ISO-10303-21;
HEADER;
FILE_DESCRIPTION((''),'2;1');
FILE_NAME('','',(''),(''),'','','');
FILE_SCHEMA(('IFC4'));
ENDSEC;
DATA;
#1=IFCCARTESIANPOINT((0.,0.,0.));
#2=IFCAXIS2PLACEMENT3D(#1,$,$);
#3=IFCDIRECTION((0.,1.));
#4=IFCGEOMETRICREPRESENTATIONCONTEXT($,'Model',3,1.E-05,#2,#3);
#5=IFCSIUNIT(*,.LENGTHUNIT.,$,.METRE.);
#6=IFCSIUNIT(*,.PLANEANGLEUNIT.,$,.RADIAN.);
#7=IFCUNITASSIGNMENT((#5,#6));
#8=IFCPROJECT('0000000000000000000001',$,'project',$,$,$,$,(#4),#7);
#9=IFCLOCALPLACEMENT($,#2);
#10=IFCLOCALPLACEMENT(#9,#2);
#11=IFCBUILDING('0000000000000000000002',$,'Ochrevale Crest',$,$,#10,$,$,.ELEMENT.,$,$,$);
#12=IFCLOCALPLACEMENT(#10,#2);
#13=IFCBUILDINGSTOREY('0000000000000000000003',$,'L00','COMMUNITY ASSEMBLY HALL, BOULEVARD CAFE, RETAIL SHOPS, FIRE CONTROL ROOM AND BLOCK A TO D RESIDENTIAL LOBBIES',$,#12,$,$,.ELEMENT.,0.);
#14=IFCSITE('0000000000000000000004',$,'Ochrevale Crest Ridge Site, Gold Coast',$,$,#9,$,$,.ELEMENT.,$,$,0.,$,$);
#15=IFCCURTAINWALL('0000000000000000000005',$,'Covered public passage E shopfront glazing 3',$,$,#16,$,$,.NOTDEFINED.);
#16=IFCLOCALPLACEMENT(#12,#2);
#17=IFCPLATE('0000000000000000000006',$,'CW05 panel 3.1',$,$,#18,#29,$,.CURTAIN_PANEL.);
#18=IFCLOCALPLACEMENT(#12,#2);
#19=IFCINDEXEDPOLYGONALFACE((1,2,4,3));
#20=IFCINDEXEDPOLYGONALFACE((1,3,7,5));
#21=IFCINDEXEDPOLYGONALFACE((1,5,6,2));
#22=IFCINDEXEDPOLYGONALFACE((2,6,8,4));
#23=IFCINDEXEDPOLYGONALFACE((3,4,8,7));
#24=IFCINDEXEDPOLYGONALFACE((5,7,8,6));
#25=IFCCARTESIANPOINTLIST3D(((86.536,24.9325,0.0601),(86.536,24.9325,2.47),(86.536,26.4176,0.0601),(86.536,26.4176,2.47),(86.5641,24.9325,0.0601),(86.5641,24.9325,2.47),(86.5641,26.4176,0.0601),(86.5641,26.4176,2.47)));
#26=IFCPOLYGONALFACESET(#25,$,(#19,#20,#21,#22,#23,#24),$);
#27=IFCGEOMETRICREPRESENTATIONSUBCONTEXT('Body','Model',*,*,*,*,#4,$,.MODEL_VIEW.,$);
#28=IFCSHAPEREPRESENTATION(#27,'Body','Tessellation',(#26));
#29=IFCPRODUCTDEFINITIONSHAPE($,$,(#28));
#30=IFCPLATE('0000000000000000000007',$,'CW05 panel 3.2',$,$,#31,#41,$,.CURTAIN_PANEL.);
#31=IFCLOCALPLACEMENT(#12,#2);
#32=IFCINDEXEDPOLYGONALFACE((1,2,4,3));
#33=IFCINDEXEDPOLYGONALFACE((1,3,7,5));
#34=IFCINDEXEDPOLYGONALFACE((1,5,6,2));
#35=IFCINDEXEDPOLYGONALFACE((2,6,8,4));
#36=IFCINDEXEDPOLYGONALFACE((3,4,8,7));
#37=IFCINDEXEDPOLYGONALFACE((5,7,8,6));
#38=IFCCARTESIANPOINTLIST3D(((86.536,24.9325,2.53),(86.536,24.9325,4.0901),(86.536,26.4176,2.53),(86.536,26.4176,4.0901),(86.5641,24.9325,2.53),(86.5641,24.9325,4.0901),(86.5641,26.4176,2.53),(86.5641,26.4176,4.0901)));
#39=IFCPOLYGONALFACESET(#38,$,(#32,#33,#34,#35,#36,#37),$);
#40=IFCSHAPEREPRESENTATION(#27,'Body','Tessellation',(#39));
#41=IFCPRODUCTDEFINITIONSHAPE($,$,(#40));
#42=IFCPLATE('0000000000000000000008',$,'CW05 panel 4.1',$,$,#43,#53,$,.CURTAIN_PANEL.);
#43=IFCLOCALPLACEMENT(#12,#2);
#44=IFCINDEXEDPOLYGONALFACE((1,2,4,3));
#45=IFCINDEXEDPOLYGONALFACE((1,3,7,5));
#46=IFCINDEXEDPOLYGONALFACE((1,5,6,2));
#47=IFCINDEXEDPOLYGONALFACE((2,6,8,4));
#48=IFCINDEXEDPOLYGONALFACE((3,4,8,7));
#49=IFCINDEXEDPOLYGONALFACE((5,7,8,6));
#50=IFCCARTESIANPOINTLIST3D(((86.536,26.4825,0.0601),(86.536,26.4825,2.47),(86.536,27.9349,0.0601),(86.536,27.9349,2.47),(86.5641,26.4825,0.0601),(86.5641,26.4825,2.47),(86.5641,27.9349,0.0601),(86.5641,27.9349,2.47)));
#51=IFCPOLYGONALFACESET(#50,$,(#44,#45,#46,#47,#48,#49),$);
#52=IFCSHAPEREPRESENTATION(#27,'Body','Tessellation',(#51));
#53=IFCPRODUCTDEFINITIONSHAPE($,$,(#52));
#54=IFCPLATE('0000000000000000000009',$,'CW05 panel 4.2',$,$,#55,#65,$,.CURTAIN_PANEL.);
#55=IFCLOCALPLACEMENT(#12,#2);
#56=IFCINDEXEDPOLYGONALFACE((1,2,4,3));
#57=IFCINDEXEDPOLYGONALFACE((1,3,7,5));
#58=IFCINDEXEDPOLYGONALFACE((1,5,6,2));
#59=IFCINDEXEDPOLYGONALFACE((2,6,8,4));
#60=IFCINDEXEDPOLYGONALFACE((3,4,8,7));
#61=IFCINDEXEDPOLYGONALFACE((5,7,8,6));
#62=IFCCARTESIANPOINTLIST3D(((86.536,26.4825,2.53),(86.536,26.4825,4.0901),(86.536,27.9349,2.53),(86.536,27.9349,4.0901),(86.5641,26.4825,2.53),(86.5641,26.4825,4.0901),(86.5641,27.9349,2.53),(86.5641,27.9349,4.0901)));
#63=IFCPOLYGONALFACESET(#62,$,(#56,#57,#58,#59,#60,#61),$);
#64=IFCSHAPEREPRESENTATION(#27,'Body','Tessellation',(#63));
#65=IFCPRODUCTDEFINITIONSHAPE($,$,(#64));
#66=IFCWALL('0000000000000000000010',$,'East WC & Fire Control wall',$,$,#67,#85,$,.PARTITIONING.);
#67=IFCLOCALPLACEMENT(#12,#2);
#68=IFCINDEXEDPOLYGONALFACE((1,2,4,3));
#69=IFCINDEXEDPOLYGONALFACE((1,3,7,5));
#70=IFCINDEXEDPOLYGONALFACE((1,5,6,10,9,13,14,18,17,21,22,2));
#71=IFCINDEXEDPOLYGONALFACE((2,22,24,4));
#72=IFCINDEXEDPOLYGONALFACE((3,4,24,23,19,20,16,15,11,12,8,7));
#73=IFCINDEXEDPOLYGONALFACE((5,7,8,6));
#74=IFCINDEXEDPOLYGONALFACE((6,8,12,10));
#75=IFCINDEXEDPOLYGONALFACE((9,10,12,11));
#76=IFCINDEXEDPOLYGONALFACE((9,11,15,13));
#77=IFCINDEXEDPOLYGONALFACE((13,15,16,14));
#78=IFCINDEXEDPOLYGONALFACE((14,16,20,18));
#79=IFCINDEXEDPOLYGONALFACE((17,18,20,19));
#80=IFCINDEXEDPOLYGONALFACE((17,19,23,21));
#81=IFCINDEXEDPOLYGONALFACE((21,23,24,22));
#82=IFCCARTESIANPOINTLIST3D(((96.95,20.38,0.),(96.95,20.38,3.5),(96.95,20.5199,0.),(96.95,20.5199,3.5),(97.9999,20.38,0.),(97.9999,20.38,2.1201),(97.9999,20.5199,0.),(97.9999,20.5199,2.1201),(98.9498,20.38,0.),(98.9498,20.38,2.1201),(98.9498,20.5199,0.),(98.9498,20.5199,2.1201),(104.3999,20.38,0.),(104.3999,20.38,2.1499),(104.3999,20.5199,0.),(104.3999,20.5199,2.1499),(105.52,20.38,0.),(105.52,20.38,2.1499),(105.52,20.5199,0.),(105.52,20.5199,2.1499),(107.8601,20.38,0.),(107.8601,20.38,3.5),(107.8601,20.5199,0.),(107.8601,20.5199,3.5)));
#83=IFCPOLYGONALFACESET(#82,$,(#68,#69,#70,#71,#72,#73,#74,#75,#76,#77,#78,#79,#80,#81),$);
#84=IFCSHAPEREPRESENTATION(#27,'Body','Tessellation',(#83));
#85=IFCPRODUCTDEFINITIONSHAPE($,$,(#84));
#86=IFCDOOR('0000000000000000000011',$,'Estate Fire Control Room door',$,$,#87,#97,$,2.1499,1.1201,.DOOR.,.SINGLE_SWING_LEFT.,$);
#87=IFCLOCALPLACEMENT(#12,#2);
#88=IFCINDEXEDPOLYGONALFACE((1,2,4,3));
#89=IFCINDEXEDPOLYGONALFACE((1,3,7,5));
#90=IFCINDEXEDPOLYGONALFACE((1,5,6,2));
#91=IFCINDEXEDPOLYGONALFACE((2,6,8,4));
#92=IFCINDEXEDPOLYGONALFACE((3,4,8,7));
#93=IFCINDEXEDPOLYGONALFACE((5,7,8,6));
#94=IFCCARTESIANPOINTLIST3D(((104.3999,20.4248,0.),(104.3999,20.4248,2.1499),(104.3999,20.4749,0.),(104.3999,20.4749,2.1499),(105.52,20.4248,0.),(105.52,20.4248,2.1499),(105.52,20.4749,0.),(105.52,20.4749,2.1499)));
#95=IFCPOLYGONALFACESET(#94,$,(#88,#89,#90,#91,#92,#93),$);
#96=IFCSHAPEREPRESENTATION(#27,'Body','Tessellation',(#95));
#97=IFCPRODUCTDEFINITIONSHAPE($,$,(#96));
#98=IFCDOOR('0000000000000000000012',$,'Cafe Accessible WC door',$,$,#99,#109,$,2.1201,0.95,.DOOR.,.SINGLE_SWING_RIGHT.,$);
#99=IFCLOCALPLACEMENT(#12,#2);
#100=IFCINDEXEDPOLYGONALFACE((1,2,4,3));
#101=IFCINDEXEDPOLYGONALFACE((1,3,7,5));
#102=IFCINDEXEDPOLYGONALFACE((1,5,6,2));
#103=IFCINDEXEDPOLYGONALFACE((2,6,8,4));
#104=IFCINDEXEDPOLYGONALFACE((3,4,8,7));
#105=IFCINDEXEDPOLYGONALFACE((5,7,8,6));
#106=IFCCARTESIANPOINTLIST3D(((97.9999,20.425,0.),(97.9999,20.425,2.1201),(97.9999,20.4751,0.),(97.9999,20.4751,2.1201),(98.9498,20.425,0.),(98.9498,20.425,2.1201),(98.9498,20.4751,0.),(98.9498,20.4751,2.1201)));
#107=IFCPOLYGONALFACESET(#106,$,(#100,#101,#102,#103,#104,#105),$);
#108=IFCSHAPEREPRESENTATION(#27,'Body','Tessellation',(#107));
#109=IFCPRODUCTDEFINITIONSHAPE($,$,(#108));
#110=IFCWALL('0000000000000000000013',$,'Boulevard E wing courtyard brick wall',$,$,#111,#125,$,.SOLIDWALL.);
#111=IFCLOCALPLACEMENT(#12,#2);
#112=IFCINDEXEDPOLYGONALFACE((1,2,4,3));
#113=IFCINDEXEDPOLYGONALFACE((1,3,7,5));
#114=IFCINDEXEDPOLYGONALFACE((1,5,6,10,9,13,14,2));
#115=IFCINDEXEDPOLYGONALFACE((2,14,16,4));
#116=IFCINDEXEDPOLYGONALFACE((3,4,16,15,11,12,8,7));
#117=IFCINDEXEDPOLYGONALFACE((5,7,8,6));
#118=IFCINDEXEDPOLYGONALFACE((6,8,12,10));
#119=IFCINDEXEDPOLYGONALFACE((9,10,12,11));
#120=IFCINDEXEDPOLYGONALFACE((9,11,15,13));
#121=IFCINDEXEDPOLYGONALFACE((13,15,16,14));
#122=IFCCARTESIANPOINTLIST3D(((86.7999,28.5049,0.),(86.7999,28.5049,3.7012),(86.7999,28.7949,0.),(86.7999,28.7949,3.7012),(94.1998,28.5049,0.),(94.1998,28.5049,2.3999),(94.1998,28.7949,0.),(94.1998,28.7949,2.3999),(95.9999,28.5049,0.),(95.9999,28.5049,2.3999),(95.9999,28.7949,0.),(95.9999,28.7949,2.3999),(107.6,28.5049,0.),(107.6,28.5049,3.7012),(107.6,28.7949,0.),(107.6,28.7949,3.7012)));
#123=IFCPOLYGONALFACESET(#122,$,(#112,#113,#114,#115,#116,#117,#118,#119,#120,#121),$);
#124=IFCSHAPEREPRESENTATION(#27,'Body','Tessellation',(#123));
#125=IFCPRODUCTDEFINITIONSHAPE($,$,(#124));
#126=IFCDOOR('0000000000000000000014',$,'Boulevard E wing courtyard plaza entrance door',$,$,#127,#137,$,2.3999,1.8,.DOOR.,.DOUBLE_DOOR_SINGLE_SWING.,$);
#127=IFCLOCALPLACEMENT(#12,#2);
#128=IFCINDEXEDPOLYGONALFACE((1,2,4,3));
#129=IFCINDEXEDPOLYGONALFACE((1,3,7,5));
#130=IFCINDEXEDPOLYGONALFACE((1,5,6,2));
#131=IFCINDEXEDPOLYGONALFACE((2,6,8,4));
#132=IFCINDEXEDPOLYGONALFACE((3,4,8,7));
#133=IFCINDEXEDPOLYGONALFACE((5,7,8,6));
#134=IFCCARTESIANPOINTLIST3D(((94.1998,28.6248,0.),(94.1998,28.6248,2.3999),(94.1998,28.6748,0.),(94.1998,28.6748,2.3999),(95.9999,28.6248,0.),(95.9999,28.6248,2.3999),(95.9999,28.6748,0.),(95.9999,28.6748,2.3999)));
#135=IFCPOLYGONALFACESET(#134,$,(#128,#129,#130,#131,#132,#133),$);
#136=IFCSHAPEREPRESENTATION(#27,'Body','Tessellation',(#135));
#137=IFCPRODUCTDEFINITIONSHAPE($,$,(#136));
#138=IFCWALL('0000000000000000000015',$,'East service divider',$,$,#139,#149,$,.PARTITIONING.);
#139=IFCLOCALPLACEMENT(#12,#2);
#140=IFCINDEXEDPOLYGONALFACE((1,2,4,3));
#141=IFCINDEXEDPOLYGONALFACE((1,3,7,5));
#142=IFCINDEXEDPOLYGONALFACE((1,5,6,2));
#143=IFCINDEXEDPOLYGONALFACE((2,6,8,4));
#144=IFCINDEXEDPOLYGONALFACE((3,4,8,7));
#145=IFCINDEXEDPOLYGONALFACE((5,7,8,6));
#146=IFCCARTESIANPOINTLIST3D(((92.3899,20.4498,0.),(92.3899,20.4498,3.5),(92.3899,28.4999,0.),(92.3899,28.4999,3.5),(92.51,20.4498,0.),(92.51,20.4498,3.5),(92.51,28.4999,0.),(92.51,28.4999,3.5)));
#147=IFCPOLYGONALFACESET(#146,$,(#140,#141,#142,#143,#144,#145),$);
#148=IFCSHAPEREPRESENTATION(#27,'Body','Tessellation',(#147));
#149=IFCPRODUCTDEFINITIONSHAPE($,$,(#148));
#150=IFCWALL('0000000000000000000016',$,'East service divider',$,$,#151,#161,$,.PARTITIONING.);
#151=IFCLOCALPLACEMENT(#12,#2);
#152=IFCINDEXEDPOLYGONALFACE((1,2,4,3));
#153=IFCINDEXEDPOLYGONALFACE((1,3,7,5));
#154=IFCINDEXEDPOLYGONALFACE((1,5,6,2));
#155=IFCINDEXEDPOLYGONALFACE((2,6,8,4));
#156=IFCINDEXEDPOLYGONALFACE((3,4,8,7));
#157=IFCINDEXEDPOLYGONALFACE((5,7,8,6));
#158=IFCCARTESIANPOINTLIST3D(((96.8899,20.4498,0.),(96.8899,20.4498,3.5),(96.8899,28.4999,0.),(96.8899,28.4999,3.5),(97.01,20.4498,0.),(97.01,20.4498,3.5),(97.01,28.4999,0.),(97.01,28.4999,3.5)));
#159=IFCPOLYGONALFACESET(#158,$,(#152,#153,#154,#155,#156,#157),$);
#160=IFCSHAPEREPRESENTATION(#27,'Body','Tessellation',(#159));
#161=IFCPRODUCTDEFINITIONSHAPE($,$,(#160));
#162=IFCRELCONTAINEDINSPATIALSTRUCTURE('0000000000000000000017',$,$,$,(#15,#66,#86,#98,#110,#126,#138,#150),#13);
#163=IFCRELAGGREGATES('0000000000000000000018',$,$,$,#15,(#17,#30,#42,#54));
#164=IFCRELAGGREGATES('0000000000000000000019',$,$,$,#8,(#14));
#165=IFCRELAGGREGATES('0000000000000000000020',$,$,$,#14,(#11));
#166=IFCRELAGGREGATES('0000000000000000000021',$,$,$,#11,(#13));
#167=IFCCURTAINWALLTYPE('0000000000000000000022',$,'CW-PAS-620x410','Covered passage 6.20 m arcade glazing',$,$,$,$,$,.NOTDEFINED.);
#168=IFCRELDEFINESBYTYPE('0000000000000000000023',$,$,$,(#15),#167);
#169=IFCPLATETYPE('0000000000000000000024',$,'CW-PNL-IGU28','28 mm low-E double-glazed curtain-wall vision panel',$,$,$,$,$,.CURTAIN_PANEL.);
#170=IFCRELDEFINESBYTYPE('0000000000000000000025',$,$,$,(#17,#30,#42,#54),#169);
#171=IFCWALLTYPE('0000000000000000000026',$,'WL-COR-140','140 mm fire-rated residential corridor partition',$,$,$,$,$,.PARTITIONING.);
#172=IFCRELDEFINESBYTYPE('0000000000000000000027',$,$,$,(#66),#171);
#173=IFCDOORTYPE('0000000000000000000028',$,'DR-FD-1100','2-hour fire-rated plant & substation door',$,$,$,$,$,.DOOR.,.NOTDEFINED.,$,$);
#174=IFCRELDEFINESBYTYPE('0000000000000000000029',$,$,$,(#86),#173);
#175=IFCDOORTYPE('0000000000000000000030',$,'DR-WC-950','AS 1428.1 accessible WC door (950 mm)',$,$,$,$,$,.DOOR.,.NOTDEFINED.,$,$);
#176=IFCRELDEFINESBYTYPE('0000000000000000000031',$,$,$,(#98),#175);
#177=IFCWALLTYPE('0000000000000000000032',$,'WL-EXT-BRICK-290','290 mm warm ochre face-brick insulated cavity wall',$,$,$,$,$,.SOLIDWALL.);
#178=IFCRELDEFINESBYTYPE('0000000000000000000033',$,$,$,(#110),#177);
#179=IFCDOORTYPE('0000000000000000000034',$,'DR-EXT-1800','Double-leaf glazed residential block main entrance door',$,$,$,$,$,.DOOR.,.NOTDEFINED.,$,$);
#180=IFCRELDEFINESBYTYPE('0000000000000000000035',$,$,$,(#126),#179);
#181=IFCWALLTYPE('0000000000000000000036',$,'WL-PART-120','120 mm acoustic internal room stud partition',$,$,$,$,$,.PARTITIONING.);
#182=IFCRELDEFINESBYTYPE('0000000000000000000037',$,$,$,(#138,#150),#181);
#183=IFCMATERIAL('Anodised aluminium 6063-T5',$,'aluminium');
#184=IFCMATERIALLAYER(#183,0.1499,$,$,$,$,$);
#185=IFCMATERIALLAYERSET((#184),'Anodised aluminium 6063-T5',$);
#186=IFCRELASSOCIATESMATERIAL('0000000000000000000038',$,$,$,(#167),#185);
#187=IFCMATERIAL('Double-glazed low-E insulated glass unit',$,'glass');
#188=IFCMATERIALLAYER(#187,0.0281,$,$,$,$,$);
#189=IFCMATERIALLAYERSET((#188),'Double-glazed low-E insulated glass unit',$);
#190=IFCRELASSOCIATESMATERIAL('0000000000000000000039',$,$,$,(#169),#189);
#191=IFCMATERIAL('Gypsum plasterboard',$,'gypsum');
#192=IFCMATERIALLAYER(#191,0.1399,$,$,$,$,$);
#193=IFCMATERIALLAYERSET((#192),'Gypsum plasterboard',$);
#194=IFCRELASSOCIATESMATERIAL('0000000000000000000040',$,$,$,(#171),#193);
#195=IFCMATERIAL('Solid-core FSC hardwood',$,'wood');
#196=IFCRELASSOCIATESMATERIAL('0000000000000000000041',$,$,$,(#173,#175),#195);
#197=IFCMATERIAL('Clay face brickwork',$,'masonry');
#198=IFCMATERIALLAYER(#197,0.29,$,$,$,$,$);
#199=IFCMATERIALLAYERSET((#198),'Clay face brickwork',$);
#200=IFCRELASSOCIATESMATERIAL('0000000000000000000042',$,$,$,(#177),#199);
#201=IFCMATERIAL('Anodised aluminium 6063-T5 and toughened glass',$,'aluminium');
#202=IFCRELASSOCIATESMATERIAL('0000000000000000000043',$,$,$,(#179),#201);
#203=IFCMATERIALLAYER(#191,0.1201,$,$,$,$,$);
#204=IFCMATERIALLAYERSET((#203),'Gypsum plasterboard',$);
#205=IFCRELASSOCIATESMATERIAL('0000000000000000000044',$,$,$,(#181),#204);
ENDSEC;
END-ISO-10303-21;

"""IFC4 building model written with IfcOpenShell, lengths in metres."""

from ifc_helpers import new_model, si_unit, direction, frame, frame_2d, origin, origin_2d, place, context, subcontext, project, spatial, rectangle, extrude, material, layer, layer_set, type_object, element, fill, aggregate, save


model = new_model("IFC4")

# Units and contexts
model_context = context("Model", 3, precision=1e-05, world=origin(), true_north=direction((0.0, 1.0)))
body_context = subcontext(model_context, "Body", "Model", "MODEL_VIEW")
ifc_project = project(units=[si_unit("LENGTHUNIT", "METRE"), si_unit("PLANEANGLEUNIT", "RADIAN")], contexts=[model_context])

# Site, building, storey
site_placement = place(None, origin())
site = spatial("IfcSite", under=ifc_project, at=site_placement, Name="Ochrevale Crest Ridge Site, Gold Coast", CompositionType="ELEMENT", RefElevation=0.0)
building_placement = place(site_placement, origin())
building = spatial("IfcBuilding", under=site, at=building_placement, Name="Ochrevale Crest", CompositionType="ELEMENT")
storey_placement = place(building_placement, origin())
storey = spatial("IfcBuildingStorey", under=building, at=storey_placement, Name="L00", Description="COMMUNITY ASSEMBLY HALL, BOULEVARD CAFE, RETAIL SHOPS, FIRE CONTROL ROOM AND BLOCK A TO D RESIDENTIAL LOBBIES", CompositionType="ELEMENT", Elevation=0.0)

# Curtain wall, plates
ifc_material_1 = material(Name="Anodised aluminium 6063-T5", Category="aluminium")
ifc_layer_1 = layer(ifc_material_1, 0.1499)
ifc_layer_set_1 = layer_set([ifc_layer_1], Name="Anodised aluminium 6063-T5")
curtain_wall_type = type_object("IfcCurtainWallType", Name="CW-PAS-620x410", Description="Covered passage 6.20 m arcade glazing", PredefinedType="NOTDEFINED", material=ifc_layer_set_1)
curtain_wall_placement = place(storey_placement, origin())
curtain_wall = element("IfcCurtainWall", 1, at=curtain_wall_placement, inside=storey, type_object=curtain_wall_type, Name="Covered public passage E shopfront glazing 3", PredefinedType="NOTDEFINED")
ifc_material_2 = material(Name="Double-glazed low-E insulated glass unit", Category="glass")
ifc_layer_2 = layer(ifc_material_2, 0.0281)
ifc_layer_set_2 = layer_set([ifc_layer_2], Name="Double-glazed low-E insulated glass unit")
plate_type = type_object("IfcPlateType", Name="CW-PNL-IGU28", Description="28 mm low-E double-glazed curtain-wall vision panel", PredefinedType="CURTAIN_PANEL", material=ifc_layer_set_2)
plate_1_placement = place(storey_placement, frame((86.55, 25.675, 0.0601), z_axis=(0.0, 0.0, 1.0), x_axis=(0.0, 1.0, 0.0)))
plate_1 = element("IfcPlate", 2, at=plate_1_placement, type_object=plate_type, Name="CW05 panel 3.1", PredefinedType="CURTAIN_PANEL", context=body_context, shape_type="SweptSolid", body=[
    extrude(rectangle(XDim=1.4851, YDim=0.0281, at=origin_2d()), origin(), (0.0, 0.0, 1.0), 2.4099),
])
plate_2_placement = place(storey_placement, frame((86.55, 25.675, 2.53), z_axis=(0.0, 0.0, 1.0), x_axis=(0.0, 1.0, 0.0)))
plate_2 = element("IfcPlate", 3, at=plate_2_placement, type_object=plate_type, Name="CW05 panel 3.2", PredefinedType="CURTAIN_PANEL", context=body_context, shape_type="SweptSolid", body=[
    extrude(rectangle(XDim=1.4851, YDim=0.0281, at=origin_2d()), origin(), (0.0, 0.0, 1.0), 1.5601),
])
plate_3_placement = place(storey_placement, frame((86.55, 27.2087, 0.0601), z_axis=(0.0, 0.0, 1.0), x_axis=(0.0, 1.0, 0.0)))
plate_3 = element("IfcPlate", 4, at=plate_3_placement, type_object=plate_type, Name="CW05 panel 4.1", PredefinedType="CURTAIN_PANEL", context=body_context, shape_type="SweptSolid", body=[
    extrude(rectangle(XDim=1.4524, YDim=0.0281, at=origin_2d()), origin(), (0.0, 0.0, 1.0), 2.4099),
])
plate_4_placement = place(storey_placement, frame((86.55, 27.2087, 2.53), z_axis=(0.0, 0.0, 1.0), x_axis=(0.0, 1.0, 0.0)))
plate_4 = element("IfcPlate", 5, at=plate_4_placement, type_object=plate_type, Name="CW05 panel 4.2", PredefinedType="CURTAIN_PANEL", context=body_context, shape_type="SweptSolid", body=[
    extrude(rectangle(XDim=1.4524, YDim=0.0281, at=origin_2d()), origin(), (0.0, 0.0, 1.0), 1.5601),
])
aggregate(curtain_wall, [plate_1, plate_2, plate_3, plate_4])

# Wall, openings, doors
ifc_material_3 = material(Name="Gypsum plasterboard", Category="gypsum")
ifc_layer_3 = layer(ifc_material_3, 0.1399)
ifc_layer_set_3 = layer_set([ifc_layer_3], Name="Gypsum plasterboard")
wall_type_1 = type_object("IfcWallType", Name="WL-COR-140", Description="140 mm fire-rated residential corridor partition", PredefinedType="PARTITIONING", material=ifc_layer_set_3)
wall_1_placement = place(storey_placement, frame((96.95, 20.45, 0.0), z_axis=(0.0, 0.0, 1.0), x_axis=(1.0, 0.0, 0.0)))
wall_1 = element("IfcWall", 6, at=wall_1_placement, inside=storey, type_object=wall_type_1, Name="East WC & Fire Control wall", PredefinedType="PARTITIONING", context=body_context, shape_type="SweptSolid", body=[
    extrude(rectangle(XDim=10.9102, YDim=0.1399, at=frame_2d((5.4551, 0.0))), origin(), (0.0, 0.0, 1.0), 3.5),
])
opening_1_placement = place(wall_1_placement, frame((2.0, 0.0, 0.0), z_axis=(0.0, 0.0, 1.0), x_axis=(-1.0, 0.0, 0.0)))
opening_1 = element("IfcOpeningElement", 7, at=opening_1_placement, cuts=wall_1, PredefinedType="OPENING", context=body_context, shape_type="SweptSolid", body=[
    extrude(rectangle(XDim=0.95, YDim=2.1201, at=frame_2d((0.4751, 1.0601))), frame((0.0, 0.0801, 0.0), z_axis=(0.0, -1.0, 0.0), x_axis=(1.0, 0.0, 0.0)), (0.0, 0.0, 1.0), 0.1599),
])
opening_2_placement = place(wall_1_placement, frame((7.45, 0.0, 0.0)))
opening_2 = element("IfcOpeningElement", 8, at=opening_2_placement, cuts=wall_1, PredefinedType="OPENING", context=body_context, shape_type="SweptSolid", body=[
    extrude(rectangle(XDim=1.1201, YDim=2.1499, at=frame_2d((0.5601, 1.075))), frame((0.0, 0.0801, 0.0), z_axis=(0.0, -1.0, 0.0), x_axis=(1.0, 0.0, 0.0)), (0.0, 0.0, 1.0), 0.1599),
])
ifc_material_4 = material(Name="Solid-core FSC hardwood", Category="wood")
door_type_1 = type_object("IfcDoorType", Name="DR-FD-1100", Description="2-hour fire-rated plant & substation door", OperationType="NOTDEFINED", PredefinedType="DOOR", material=ifc_material_4)
door_1_placement = place(opening_2_placement, origin())
door_1 = element("IfcDoor", 9, at=door_1_placement, inside=storey, type_object=door_type_1, Name="Estate Fire Control Room door", OperationType="SINGLE_SWING_LEFT", OverallHeight=2.1499, OverallWidth=1.1201, PredefinedType="DOOR", context=body_context, shape_type="SweptSolid", body=[
    extrude(rectangle(XDim=1.1201, YDim=2.1499, at=frame_2d((0.5601, 1.075))), frame((0.0, 0.0249, 0.0), z_axis=(0.0, -1.0, 0.0), x_axis=(1.0, 0.0, 0.0)), (0.0, 0.0, 1.0), 0.05),
])
fill(opening_2, door_1)
door_type_2 = type_object("IfcDoorType", Name="DR-WC-950", Description="AS 1428.1 accessible WC door (950 mm)", OperationType="NOTDEFINED", PredefinedType="DOOR", material=ifc_material_4)
door_2_placement = place(opening_1_placement, origin())
door_2 = element("IfcDoor", 10, at=door_2_placement, inside=storey, type_object=door_type_2, Name="Cafe Accessible WC door", OperationType="SINGLE_SWING_RIGHT", OverallHeight=2.1201, OverallWidth=0.95, PredefinedType="DOOR", context=body_context, shape_type="SweptSolid", body=[
    extrude(rectangle(XDim=0.95, YDim=2.1201, at=frame_2d((0.4751, 1.0601))), frame((0.0, 0.0249, 0.0), z_axis=(0.0, -1.0, 0.0), x_axis=(1.0, 0.0, 0.0)), (0.0, 0.0, 1.0), 0.05),
])
fill(opening_1, door_2)

# Wall, opening, door
ifc_material_5 = material(Name="Clay face brickwork", Category="masonry")
ifc_layer_4 = layer(ifc_material_5, 0.29)
ifc_layer_set_4 = layer_set([ifc_layer_4], Name="Clay face brickwork")
wall_type_2 = type_object("IfcWallType", Name="WL-EXT-BRICK-290", Description="290 mm warm ochre face-brick insulated cavity wall", PredefinedType="SOLIDWALL", material=ifc_layer_set_4)
wall_2_placement = place(storey_placement, frame((86.8, 28.6499, 0.0), z_axis=(0.0, 0.0, 1.0), x_axis=(1.0, 0.0, 0.0)))
wall_2 = element("IfcWall", 11, at=wall_2_placement, inside=storey, type_object=wall_type_2, Name="Boulevard E wing courtyard brick wall", PredefinedType="SOLIDWALL", context=body_context, shape_type="SweptSolid", body=[
    extrude(rectangle(XDim=20.8, YDim=0.29, at=frame_2d((10.3999, 0.0))), origin(), (0.0, 0.0, 1.0), 3.7012),
])
opening_3_placement = place(wall_2_placement, frame((7.3999, 0.0, 0.0)))
opening_3 = element("IfcOpeningElement", 12, at=opening_3_placement, cuts=wall_2, PredefinedType="OPENING", context=body_context, shape_type="SweptSolid", body=[
    extrude(rectangle(XDim=1.8, YDim=2.3999, at=frame_2d((0.8999, 1.2))), frame((0.0, 0.155, 0.0), z_axis=(0.0, -1.0, 0.0), x_axis=(1.0, 0.0, 0.0)), (0.0, 0.0, 1.0), 0.3101),
])
ifc_material_6 = material(Name="Anodised aluminium 6063-T5 and toughened glass", Category="aluminium")
door_type_3 = type_object("IfcDoorType", Name="DR-EXT-1800", Description="Double-leaf glazed residential block main entrance door", OperationType="NOTDEFINED", PredefinedType="DOOR", material=ifc_material_6)
door_3_placement = place(opening_3_placement, origin())
door_3 = element("IfcDoor", 13, at=door_3_placement, inside=storey, type_object=door_type_3, Name="Boulevard E wing courtyard plaza entrance door", OperationType="DOUBLE_DOOR_SINGLE_SWING", OverallHeight=2.3999, OverallWidth=1.8, PredefinedType="DOOR", context=body_context, shape_type="SweptSolid", body=[
    extrude(rectangle(XDim=1.8, YDim=2.3999, at=frame_2d((0.8999, 1.2))), frame((0.0, 0.0249, 0.0), z_axis=(0.0, -1.0, 0.0), x_axis=(1.0, 0.0, 0.0)), (0.0, 0.0, 1.0), 0.05),
])
fill(opening_3, door_3)

# Walls
ifc_layer_5 = layer(ifc_material_3, 0.1201)
ifc_layer_set_5 = layer_set([ifc_layer_5], Name="Gypsum plasterboard")
wall_type_3 = type_object("IfcWallType", Name="WL-PART-120", Description="120 mm acoustic internal room stud partition", PredefinedType="PARTITIONING", material=ifc_layer_set_5)
for number, where, z_axis, x_axis, name in (
    (14, (92.45, 20.45, 0.0), (0.0, 0.0, 1.0), (0.0, 1.0, 0.0), "East service divider"),
    (15, (96.95, 20.45, 0.0), (0.0, 0.0, 1.0), (0.0, 1.0, 0.0), "East service divider"),
):
    element("IfcWall", number, at=place(storey_placement, frame(where, z_axis=z_axis, x_axis=x_axis)), inside=storey, type_object=wall_type_3, Name=name, PredefinedType="PARTITIONING", context=body_context, shape_type="SweptSolid", body=[
        extrude(rectangle(XDim=8.05, YDim=0.1201, at=frame_2d((4.0249, 0.0))), origin(), (0.0, 0.0, 1.0), 3.5),
    ])

save(model, "model.ifc")
